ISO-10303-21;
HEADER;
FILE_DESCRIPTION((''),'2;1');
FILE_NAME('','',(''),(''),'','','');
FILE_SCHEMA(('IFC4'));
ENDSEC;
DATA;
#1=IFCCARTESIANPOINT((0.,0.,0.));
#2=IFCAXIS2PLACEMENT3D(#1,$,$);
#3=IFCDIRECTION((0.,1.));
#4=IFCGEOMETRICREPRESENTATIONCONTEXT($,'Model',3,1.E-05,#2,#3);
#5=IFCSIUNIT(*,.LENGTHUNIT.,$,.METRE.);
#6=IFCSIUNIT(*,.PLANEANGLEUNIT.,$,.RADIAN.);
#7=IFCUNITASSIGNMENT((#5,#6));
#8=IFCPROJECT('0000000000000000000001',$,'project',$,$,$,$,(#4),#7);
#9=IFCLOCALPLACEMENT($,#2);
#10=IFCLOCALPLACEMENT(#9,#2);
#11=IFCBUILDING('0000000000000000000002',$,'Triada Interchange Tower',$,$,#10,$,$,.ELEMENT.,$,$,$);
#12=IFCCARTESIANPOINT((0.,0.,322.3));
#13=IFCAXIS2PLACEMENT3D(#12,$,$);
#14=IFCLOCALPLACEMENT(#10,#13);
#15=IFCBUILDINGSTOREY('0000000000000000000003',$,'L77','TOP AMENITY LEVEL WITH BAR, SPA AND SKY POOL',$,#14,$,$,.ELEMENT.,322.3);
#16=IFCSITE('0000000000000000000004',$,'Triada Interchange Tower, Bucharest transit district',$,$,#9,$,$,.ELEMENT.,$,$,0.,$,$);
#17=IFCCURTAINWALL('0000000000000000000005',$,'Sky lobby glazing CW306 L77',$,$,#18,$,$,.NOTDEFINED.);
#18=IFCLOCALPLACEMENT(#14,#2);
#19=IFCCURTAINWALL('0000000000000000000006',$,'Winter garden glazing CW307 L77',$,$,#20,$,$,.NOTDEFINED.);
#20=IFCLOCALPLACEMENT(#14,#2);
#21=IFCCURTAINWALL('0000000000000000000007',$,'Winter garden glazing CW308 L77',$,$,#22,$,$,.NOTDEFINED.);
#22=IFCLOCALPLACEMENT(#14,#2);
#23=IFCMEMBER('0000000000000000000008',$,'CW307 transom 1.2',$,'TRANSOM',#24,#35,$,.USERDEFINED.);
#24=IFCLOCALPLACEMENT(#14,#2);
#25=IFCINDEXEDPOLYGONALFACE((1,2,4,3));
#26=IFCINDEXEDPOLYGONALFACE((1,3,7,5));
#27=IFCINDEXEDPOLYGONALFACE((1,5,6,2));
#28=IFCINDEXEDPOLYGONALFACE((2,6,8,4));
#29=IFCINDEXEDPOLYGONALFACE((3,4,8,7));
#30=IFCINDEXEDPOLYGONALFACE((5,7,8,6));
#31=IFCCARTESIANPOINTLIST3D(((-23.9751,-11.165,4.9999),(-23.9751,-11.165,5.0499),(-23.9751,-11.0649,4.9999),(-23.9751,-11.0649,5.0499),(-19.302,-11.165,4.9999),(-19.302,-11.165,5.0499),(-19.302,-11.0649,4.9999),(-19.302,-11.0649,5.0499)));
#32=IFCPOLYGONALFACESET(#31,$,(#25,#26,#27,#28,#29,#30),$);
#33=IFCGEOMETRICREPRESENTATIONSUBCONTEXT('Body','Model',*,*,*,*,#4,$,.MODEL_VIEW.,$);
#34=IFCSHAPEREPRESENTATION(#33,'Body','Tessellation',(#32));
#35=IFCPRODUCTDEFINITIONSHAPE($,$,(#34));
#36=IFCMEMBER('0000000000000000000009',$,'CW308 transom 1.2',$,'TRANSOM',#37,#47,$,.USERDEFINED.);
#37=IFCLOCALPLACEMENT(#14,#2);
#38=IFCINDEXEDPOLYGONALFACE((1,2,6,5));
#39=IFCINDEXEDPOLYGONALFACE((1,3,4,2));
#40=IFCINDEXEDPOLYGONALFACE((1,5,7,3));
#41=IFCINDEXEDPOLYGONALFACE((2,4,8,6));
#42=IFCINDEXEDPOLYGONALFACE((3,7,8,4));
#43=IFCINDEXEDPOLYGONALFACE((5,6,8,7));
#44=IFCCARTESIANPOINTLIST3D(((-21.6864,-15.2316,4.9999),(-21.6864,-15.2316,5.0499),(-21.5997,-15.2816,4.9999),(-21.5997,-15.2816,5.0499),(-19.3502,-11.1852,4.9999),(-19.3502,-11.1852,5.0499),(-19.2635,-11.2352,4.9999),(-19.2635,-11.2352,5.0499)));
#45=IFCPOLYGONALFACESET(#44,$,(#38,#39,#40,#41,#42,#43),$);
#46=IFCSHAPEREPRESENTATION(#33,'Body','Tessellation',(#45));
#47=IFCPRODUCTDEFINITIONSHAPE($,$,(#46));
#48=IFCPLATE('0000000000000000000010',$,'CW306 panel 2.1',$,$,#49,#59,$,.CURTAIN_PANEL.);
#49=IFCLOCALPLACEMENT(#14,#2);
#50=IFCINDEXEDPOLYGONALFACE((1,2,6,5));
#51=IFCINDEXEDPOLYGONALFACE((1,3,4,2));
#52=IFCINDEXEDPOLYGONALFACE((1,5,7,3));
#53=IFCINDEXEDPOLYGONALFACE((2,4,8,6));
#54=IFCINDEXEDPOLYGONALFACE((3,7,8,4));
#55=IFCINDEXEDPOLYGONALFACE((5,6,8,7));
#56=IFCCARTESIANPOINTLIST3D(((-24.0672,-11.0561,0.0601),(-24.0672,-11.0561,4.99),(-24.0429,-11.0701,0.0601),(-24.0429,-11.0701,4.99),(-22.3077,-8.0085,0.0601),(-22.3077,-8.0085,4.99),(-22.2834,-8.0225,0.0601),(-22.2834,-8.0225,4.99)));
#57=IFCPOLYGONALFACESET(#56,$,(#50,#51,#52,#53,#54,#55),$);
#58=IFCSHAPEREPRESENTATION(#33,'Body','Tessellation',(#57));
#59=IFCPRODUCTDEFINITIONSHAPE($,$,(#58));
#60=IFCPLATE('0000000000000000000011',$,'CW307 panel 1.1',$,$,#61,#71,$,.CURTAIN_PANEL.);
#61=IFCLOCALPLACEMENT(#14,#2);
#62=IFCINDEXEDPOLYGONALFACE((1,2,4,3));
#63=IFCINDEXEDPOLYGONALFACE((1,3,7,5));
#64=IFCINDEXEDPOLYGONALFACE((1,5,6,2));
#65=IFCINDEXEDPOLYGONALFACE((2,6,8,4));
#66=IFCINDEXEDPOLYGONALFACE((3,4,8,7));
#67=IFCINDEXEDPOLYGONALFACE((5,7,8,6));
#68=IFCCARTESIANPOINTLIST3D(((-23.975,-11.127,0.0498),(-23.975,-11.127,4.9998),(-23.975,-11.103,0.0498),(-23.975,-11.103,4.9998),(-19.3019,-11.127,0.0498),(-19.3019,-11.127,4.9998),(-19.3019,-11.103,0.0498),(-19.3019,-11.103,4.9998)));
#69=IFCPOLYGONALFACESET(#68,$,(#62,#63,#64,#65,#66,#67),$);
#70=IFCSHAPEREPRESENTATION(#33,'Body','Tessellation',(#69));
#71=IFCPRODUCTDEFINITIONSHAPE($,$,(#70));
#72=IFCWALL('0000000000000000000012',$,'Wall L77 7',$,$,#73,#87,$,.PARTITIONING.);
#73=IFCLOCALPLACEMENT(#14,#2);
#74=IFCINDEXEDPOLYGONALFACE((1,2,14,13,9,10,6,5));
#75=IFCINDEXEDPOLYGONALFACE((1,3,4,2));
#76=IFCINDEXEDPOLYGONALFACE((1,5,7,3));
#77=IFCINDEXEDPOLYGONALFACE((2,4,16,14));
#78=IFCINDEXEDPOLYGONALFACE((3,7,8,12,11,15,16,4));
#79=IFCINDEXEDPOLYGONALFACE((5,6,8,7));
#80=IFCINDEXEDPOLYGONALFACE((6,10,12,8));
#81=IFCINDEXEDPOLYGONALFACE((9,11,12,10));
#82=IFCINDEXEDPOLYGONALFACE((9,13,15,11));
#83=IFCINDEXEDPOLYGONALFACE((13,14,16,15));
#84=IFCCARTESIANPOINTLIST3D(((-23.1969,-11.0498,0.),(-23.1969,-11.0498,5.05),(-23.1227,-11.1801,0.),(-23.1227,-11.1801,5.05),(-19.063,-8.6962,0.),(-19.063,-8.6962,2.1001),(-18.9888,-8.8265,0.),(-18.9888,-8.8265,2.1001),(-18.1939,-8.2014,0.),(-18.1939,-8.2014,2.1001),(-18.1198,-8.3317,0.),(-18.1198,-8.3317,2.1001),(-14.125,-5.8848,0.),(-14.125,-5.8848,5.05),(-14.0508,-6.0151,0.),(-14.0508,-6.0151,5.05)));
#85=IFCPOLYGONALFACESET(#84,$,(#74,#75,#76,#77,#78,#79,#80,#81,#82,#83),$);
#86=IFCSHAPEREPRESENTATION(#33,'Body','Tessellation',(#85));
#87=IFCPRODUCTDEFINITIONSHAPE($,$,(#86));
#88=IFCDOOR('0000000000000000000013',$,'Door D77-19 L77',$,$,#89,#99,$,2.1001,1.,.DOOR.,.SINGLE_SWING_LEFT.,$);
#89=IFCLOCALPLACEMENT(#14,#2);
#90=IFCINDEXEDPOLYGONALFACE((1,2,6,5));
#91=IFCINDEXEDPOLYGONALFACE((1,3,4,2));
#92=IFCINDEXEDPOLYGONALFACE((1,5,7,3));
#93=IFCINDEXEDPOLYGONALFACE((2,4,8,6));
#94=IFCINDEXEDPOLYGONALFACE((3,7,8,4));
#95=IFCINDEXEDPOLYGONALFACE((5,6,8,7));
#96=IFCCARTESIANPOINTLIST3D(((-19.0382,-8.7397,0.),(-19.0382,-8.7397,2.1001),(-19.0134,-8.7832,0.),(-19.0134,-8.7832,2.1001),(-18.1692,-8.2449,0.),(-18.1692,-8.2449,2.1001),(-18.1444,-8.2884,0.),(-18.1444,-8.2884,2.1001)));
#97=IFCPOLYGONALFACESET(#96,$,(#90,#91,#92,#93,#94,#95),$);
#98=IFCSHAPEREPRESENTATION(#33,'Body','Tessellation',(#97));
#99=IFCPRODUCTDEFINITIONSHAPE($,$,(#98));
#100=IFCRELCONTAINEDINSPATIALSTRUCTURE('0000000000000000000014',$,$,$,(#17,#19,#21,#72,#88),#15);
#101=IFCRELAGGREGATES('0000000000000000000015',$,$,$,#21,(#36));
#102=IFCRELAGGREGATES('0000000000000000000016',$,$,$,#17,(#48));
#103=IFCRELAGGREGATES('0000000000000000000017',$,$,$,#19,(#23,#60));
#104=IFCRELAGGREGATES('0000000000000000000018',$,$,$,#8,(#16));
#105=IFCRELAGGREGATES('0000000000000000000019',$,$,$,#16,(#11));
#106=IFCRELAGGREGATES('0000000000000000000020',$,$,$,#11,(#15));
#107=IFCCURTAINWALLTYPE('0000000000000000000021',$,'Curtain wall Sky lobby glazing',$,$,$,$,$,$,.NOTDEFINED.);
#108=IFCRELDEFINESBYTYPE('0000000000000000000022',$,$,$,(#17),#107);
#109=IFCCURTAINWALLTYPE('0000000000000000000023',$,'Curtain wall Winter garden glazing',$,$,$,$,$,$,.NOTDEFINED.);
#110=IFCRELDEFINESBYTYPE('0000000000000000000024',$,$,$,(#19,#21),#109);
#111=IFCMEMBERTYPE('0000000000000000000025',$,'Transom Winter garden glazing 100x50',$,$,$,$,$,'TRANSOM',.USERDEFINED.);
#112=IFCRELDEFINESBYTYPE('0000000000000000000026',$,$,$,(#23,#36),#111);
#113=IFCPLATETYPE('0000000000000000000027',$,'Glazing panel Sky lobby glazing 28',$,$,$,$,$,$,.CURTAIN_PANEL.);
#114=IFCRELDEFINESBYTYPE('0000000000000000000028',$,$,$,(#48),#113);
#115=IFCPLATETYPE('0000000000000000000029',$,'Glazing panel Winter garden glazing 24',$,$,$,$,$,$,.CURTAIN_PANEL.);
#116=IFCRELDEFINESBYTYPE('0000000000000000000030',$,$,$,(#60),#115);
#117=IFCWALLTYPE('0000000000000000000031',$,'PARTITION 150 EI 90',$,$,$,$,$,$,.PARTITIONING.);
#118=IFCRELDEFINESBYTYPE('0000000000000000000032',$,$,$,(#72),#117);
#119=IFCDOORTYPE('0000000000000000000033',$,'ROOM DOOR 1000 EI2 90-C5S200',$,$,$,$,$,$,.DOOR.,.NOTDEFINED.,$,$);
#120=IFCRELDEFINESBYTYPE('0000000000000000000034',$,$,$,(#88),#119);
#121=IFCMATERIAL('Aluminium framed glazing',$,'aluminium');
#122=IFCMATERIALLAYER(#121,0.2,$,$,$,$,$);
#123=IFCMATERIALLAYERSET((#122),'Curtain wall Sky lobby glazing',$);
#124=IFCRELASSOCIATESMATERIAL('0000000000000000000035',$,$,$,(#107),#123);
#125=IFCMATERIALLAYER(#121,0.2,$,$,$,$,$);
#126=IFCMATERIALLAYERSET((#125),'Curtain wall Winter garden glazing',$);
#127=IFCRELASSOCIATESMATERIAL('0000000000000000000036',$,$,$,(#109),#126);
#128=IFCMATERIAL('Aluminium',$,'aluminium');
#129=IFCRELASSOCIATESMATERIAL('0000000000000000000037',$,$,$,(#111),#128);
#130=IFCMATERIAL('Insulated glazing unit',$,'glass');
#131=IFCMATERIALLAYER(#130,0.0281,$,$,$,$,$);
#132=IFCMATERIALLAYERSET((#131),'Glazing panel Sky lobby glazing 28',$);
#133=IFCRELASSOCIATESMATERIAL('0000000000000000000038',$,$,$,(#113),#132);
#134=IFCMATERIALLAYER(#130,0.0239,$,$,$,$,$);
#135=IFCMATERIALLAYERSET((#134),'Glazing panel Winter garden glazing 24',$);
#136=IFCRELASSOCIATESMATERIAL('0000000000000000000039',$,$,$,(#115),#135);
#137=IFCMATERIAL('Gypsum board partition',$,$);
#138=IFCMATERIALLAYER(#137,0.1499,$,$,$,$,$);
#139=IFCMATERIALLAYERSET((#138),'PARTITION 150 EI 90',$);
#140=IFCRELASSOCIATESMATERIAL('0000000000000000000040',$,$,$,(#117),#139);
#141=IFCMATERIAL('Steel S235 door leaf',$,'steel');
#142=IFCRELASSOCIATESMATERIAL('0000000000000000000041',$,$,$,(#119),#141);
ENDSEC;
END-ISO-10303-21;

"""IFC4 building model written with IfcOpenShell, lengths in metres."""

from ifc_helpers import new_model, si_unit, direction, frame, frame_2d, origin, origin_2d, place, context, subcontext, project, spatial, rectangle, extrude, material, layer, layer_set, material_profile, profile_set, type_object, element, fill, aggregate, save


model = new_model("IFC4")

# Units and contexts
model_context = context("Model", 3, precision=1e-05, world=origin(), true_north=direction((0.0, 1.0)))
body_context = subcontext(model_context, "Body", "Model", "MODEL_VIEW")
ifc_project = project(units=[si_unit("LENGTHUNIT", "METRE"), si_unit("PLANEANGLEUNIT", "RADIAN")], contexts=[model_context])

# Site, building, storey
site_placement = place(None, origin())
site = spatial("IfcSite", under=ifc_project, at=site_placement, Name="Triada Interchange Tower, Bucharest transit district", CompositionType="ELEMENT", RefElevation=0.0)
building_placement = place(site_placement, origin())
building = spatial("IfcBuilding", under=site, at=building_placement, Name="Triada Interchange Tower", CompositionType="ELEMENT")
storey_placement = place(building_placement, frame((0.0, 0.0, 322.3)))
storey = spatial("IfcBuildingStorey", under=building, at=storey_placement, Name="L77", Description="TOP AMENITY LEVEL WITH BAR, SPA AND SKY POOL", CompositionType="ELEMENT", Elevation=322.3)

# Curtain walls
ifc_material_1 = material(Name="Aluminium framed glazing", Category="aluminium")
ifc_layer_1 = layer(ifc_material_1, 0.2)
ifc_layer_set_1 = layer_set([ifc_layer_1], Name="Curtain wall Sky lobby glazing")
curtain_wall_type_1 = type_object("IfcCurtainWallType", Name="Curtain wall Sky lobby glazing", PredefinedType="NOTDEFINED", material=ifc_layer_set_1)
curtain_wall_1_placement = place(storey_placement, origin())
curtain_wall_1 = element("IfcCurtainWall", 1, at=curtain_wall_1_placement, inside=storey, type_object=curtain_wall_type_1, Name="Sky lobby glazing CW306 L77", PredefinedType="NOTDEFINED")
ifc_material_2 = material(Name="Aluminium", Category="aluminium")
ifc_layer_2 = layer(ifc_material_1, 0.2)
ifc_layer_set_2 = layer_set([ifc_layer_2], Name="Curtain wall Winter garden glazing")
curtain_wall_type_2 = type_object("IfcCurtainWallType", Name="Curtain wall Winter garden glazing", PredefinedType="NOTDEFINED", material=ifc_layer_set_2)
curtain_wall_2_placement = place(storey_placement, origin())
curtain_wall_2 = element("IfcCurtainWall", 2, at=curtain_wall_2_placement, inside=storey, type_object=curtain_wall_type_2, Name="Winter garden glazing CW307 L77", PredefinedType="NOTDEFINED")

# Curtain wall
curtain_wall_3_placement = place(storey_placement, origin())
curtain_wall_3 = element("IfcCurtainWall", 3, at=curtain_wall_3_placement, inside=storey, type_object=curtain_wall_type_2, Name="Winter garden glazing CW308 L77", PredefinedType="NOTDEFINED")

# Members
ifc_material_profile_1 = material_profile(ifc_material_2, rectangle(XDim=0.1001, YDim=0.05, at=origin_2d()), Name="Aluminium transom")
ifc_profile_set_1 = profile_set([ifc_material_profile_1], Name="Aluminium")
member_type_1 = type_object("IfcMemberType", Name="Transom Winter garden glazing 100x50", ElementType="TRANSOM", PredefinedType="USERDEFINED", material=ifc_profile_set_1)
member_1_placement = place(storey_placement, frame((-23.9751, -11.115, 5.0249), z_axis=(1.0, 0.0, 0.0), x_axis=(0.0, 1.0, 0.0)))
member_1 = element("IfcMember", 4, at=member_1_placement, type_object=member_type_1, Name="CW307 transom 1.2", ObjectType="TRANSOM", PredefinedType="USERDEFINED", context=body_context, shape_type="SweptSolid", body=[
    extrude(rectangle(XDim=0.1001, YDim=0.05, at=origin_2d()), origin(), (0.0, 0.0, 1.0), 4.6731),
])
member_2_placement = place(storey_placement, frame((-19.3069, -11.2102, 5.0249), z_axis=(-0.5, -0.866025, 0.0), x_axis=(0.866025, -0.5, 0.0)))
member_2 = element("IfcMember", 5, at=member_2_placement, type_object=member_type_1, Name="CW308 transom 1.2", ObjectType="TRANSOM", PredefinedType="USERDEFINED", context=body_context, shape_type="SweptSolid", body=[
    extrude(rectangle(XDim=0.1001, YDim=0.05, at=origin_2d()), origin(), (0.0, 0.0, 1.0), 4.6724),
])
aggregate(curtain_wall_3, [member_2])

# Plates
ifc_material_3 = material(Name="Insulated glazing unit", Category="glass")
ifc_layer_3 = layer(ifc_material_3, 0.0281)
ifc_layer_set_3 = layer_set([ifc_layer_3], Name="Glazing panel Sky lobby glazing 28")
plate_type_1 = type_object("IfcPlateType", Name="Glazing panel Sky lobby glazing 28", PredefinedType="CURTAIN_PANEL", material=ifc_layer_set_3)
plate_1_placement = place(storey_placement, frame((-23.1753, -9.5393, 0.0601), z_axis=(0.0, 0.0, 1.0), x_axis=(-0.499998, -0.866026, 0.0)))
plate_1 = element("IfcPlate", 6, at=plate_1_placement, type_object=plate_type_1, Name="CW306 panel 2.1", PredefinedType="CURTAIN_PANEL", context=body_context, shape_type="SweptSolid", body=[
    extrude(rectangle(XDim=3.519, YDim=0.0281, at=origin_2d()), origin(), (0.0, 0.0, 1.0), 4.9299),
])
aggregate(curtain_wall_1, [plate_1])
ifc_layer_4 = layer(ifc_material_3, 0.0239)
ifc_layer_set_4 = layer_set([ifc_layer_4], Name="Glazing panel Winter garden glazing 24")
plate_type_2 = type_object("IfcPlateType", Name="Glazing panel Winter garden glazing 24", PredefinedType="CURTAIN_PANEL", material=ifc_layer_set_4)
plate_2_placement = place(storey_placement, frame((-21.6384, -11.115, 0.0498), z_axis=(0.0, 0.0, 1.0), x_axis=(1.0, 0.0, 0.0)))
plate_2 = element("IfcPlate", 7, at=plate_2_placement, type_object=plate_type_2, Name="CW307 panel 1.1", PredefinedType="CURTAIN_PANEL", context=body_context, shape_type="SweptSolid", body=[
    extrude(rectangle(XDim=4.6731, YDim=0.0239, at=origin_2d()), origin(), (0.0, 0.0, 1.0), 4.95),
])
aggregate(curtain_wall_2, [member_1, plate_2])

# Wall, opening, door
ifc_material_4 = material(Name="Gypsum board partition")
ifc_layer_5 = layer(ifc_material_4, 0.1499)
ifc_layer_set_5 = layer_set([ifc_layer_5], Name="PARTITION 150 EI 90")
wall_type = type_object("IfcWallType", Name="PARTITION 150 EI 90", PredefinedType="PARTITIONING", material=ifc_layer_set_5)
wall_placement = place(storey_placement, frame((-23.1599, -11.115, 0.0), z_axis=(0.0, 0.0, 1.0), x_axis=(0.869025, 0.494768, 0.0)))
wall = element("IfcWall", 8, at=wall_placement, inside=storey, type_object=wall_type, Name="Wall L77 7", PredefinedType="PARTITIONING", context=body_context, shape_type="SweptSolid", body=[
    extrude(rectangle(XDim=10.4392, YDim=0.1499, at=frame_2d((5.2197, 0.0))), origin(), (0.0, 0.0, 1.0), 5.05),
])
opening_placement = place(wall_placement, frame((4.7571, 0.0, 0.0)))
opening = element("IfcOpeningElement", 9, at=opening_placement, cuts=wall, PredefinedType="OPENING", context=body_context, shape_type="SweptSolid", body=[
    extrude(rectangle(XDim=1.0, YDim=2.1001, at=frame_2d((0.5, 1.05))), frame((0.0, 0.085, 0.0), z_axis=(0.0, -1.0, 0.0), x_axis=(1.0, 0.0, 0.0)), (0.0, 0.0, 1.0), 0.1699),
])
ifc_material_5 = material(Name="Steel S235 door leaf", Category="steel")
door_type = type_object("IfcDoorType", Name="ROOM DOOR 1000 EI2 90-C5S200", OperationType="NOTDEFINED", PredefinedType="DOOR", material=ifc_material_5)
door_placement = place(opening_placement, origin())
door = element("IfcDoor", 10, at=door_placement, inside=storey, type_object=door_type, Name="Door D77-19 L77", OperationType="SINGLE_SWING_LEFT", OverallHeight=2.1001, OverallWidth=1.0, PredefinedType="DOOR", context=body_context, shape_type="SweptSolid", body=[
    extrude(rectangle(XDim=1.0, YDim=2.1001, at=frame_2d((0.5, 1.05))), frame((0.0, 0.0249, 0.0), z_axis=(0.0, -1.0, 0.0), x_axis=(1.0, 0.0, 0.0)), (0.0, 0.0, 1.0), 0.05),
])
fill(opening, door)

save(model, "model.ifc")
